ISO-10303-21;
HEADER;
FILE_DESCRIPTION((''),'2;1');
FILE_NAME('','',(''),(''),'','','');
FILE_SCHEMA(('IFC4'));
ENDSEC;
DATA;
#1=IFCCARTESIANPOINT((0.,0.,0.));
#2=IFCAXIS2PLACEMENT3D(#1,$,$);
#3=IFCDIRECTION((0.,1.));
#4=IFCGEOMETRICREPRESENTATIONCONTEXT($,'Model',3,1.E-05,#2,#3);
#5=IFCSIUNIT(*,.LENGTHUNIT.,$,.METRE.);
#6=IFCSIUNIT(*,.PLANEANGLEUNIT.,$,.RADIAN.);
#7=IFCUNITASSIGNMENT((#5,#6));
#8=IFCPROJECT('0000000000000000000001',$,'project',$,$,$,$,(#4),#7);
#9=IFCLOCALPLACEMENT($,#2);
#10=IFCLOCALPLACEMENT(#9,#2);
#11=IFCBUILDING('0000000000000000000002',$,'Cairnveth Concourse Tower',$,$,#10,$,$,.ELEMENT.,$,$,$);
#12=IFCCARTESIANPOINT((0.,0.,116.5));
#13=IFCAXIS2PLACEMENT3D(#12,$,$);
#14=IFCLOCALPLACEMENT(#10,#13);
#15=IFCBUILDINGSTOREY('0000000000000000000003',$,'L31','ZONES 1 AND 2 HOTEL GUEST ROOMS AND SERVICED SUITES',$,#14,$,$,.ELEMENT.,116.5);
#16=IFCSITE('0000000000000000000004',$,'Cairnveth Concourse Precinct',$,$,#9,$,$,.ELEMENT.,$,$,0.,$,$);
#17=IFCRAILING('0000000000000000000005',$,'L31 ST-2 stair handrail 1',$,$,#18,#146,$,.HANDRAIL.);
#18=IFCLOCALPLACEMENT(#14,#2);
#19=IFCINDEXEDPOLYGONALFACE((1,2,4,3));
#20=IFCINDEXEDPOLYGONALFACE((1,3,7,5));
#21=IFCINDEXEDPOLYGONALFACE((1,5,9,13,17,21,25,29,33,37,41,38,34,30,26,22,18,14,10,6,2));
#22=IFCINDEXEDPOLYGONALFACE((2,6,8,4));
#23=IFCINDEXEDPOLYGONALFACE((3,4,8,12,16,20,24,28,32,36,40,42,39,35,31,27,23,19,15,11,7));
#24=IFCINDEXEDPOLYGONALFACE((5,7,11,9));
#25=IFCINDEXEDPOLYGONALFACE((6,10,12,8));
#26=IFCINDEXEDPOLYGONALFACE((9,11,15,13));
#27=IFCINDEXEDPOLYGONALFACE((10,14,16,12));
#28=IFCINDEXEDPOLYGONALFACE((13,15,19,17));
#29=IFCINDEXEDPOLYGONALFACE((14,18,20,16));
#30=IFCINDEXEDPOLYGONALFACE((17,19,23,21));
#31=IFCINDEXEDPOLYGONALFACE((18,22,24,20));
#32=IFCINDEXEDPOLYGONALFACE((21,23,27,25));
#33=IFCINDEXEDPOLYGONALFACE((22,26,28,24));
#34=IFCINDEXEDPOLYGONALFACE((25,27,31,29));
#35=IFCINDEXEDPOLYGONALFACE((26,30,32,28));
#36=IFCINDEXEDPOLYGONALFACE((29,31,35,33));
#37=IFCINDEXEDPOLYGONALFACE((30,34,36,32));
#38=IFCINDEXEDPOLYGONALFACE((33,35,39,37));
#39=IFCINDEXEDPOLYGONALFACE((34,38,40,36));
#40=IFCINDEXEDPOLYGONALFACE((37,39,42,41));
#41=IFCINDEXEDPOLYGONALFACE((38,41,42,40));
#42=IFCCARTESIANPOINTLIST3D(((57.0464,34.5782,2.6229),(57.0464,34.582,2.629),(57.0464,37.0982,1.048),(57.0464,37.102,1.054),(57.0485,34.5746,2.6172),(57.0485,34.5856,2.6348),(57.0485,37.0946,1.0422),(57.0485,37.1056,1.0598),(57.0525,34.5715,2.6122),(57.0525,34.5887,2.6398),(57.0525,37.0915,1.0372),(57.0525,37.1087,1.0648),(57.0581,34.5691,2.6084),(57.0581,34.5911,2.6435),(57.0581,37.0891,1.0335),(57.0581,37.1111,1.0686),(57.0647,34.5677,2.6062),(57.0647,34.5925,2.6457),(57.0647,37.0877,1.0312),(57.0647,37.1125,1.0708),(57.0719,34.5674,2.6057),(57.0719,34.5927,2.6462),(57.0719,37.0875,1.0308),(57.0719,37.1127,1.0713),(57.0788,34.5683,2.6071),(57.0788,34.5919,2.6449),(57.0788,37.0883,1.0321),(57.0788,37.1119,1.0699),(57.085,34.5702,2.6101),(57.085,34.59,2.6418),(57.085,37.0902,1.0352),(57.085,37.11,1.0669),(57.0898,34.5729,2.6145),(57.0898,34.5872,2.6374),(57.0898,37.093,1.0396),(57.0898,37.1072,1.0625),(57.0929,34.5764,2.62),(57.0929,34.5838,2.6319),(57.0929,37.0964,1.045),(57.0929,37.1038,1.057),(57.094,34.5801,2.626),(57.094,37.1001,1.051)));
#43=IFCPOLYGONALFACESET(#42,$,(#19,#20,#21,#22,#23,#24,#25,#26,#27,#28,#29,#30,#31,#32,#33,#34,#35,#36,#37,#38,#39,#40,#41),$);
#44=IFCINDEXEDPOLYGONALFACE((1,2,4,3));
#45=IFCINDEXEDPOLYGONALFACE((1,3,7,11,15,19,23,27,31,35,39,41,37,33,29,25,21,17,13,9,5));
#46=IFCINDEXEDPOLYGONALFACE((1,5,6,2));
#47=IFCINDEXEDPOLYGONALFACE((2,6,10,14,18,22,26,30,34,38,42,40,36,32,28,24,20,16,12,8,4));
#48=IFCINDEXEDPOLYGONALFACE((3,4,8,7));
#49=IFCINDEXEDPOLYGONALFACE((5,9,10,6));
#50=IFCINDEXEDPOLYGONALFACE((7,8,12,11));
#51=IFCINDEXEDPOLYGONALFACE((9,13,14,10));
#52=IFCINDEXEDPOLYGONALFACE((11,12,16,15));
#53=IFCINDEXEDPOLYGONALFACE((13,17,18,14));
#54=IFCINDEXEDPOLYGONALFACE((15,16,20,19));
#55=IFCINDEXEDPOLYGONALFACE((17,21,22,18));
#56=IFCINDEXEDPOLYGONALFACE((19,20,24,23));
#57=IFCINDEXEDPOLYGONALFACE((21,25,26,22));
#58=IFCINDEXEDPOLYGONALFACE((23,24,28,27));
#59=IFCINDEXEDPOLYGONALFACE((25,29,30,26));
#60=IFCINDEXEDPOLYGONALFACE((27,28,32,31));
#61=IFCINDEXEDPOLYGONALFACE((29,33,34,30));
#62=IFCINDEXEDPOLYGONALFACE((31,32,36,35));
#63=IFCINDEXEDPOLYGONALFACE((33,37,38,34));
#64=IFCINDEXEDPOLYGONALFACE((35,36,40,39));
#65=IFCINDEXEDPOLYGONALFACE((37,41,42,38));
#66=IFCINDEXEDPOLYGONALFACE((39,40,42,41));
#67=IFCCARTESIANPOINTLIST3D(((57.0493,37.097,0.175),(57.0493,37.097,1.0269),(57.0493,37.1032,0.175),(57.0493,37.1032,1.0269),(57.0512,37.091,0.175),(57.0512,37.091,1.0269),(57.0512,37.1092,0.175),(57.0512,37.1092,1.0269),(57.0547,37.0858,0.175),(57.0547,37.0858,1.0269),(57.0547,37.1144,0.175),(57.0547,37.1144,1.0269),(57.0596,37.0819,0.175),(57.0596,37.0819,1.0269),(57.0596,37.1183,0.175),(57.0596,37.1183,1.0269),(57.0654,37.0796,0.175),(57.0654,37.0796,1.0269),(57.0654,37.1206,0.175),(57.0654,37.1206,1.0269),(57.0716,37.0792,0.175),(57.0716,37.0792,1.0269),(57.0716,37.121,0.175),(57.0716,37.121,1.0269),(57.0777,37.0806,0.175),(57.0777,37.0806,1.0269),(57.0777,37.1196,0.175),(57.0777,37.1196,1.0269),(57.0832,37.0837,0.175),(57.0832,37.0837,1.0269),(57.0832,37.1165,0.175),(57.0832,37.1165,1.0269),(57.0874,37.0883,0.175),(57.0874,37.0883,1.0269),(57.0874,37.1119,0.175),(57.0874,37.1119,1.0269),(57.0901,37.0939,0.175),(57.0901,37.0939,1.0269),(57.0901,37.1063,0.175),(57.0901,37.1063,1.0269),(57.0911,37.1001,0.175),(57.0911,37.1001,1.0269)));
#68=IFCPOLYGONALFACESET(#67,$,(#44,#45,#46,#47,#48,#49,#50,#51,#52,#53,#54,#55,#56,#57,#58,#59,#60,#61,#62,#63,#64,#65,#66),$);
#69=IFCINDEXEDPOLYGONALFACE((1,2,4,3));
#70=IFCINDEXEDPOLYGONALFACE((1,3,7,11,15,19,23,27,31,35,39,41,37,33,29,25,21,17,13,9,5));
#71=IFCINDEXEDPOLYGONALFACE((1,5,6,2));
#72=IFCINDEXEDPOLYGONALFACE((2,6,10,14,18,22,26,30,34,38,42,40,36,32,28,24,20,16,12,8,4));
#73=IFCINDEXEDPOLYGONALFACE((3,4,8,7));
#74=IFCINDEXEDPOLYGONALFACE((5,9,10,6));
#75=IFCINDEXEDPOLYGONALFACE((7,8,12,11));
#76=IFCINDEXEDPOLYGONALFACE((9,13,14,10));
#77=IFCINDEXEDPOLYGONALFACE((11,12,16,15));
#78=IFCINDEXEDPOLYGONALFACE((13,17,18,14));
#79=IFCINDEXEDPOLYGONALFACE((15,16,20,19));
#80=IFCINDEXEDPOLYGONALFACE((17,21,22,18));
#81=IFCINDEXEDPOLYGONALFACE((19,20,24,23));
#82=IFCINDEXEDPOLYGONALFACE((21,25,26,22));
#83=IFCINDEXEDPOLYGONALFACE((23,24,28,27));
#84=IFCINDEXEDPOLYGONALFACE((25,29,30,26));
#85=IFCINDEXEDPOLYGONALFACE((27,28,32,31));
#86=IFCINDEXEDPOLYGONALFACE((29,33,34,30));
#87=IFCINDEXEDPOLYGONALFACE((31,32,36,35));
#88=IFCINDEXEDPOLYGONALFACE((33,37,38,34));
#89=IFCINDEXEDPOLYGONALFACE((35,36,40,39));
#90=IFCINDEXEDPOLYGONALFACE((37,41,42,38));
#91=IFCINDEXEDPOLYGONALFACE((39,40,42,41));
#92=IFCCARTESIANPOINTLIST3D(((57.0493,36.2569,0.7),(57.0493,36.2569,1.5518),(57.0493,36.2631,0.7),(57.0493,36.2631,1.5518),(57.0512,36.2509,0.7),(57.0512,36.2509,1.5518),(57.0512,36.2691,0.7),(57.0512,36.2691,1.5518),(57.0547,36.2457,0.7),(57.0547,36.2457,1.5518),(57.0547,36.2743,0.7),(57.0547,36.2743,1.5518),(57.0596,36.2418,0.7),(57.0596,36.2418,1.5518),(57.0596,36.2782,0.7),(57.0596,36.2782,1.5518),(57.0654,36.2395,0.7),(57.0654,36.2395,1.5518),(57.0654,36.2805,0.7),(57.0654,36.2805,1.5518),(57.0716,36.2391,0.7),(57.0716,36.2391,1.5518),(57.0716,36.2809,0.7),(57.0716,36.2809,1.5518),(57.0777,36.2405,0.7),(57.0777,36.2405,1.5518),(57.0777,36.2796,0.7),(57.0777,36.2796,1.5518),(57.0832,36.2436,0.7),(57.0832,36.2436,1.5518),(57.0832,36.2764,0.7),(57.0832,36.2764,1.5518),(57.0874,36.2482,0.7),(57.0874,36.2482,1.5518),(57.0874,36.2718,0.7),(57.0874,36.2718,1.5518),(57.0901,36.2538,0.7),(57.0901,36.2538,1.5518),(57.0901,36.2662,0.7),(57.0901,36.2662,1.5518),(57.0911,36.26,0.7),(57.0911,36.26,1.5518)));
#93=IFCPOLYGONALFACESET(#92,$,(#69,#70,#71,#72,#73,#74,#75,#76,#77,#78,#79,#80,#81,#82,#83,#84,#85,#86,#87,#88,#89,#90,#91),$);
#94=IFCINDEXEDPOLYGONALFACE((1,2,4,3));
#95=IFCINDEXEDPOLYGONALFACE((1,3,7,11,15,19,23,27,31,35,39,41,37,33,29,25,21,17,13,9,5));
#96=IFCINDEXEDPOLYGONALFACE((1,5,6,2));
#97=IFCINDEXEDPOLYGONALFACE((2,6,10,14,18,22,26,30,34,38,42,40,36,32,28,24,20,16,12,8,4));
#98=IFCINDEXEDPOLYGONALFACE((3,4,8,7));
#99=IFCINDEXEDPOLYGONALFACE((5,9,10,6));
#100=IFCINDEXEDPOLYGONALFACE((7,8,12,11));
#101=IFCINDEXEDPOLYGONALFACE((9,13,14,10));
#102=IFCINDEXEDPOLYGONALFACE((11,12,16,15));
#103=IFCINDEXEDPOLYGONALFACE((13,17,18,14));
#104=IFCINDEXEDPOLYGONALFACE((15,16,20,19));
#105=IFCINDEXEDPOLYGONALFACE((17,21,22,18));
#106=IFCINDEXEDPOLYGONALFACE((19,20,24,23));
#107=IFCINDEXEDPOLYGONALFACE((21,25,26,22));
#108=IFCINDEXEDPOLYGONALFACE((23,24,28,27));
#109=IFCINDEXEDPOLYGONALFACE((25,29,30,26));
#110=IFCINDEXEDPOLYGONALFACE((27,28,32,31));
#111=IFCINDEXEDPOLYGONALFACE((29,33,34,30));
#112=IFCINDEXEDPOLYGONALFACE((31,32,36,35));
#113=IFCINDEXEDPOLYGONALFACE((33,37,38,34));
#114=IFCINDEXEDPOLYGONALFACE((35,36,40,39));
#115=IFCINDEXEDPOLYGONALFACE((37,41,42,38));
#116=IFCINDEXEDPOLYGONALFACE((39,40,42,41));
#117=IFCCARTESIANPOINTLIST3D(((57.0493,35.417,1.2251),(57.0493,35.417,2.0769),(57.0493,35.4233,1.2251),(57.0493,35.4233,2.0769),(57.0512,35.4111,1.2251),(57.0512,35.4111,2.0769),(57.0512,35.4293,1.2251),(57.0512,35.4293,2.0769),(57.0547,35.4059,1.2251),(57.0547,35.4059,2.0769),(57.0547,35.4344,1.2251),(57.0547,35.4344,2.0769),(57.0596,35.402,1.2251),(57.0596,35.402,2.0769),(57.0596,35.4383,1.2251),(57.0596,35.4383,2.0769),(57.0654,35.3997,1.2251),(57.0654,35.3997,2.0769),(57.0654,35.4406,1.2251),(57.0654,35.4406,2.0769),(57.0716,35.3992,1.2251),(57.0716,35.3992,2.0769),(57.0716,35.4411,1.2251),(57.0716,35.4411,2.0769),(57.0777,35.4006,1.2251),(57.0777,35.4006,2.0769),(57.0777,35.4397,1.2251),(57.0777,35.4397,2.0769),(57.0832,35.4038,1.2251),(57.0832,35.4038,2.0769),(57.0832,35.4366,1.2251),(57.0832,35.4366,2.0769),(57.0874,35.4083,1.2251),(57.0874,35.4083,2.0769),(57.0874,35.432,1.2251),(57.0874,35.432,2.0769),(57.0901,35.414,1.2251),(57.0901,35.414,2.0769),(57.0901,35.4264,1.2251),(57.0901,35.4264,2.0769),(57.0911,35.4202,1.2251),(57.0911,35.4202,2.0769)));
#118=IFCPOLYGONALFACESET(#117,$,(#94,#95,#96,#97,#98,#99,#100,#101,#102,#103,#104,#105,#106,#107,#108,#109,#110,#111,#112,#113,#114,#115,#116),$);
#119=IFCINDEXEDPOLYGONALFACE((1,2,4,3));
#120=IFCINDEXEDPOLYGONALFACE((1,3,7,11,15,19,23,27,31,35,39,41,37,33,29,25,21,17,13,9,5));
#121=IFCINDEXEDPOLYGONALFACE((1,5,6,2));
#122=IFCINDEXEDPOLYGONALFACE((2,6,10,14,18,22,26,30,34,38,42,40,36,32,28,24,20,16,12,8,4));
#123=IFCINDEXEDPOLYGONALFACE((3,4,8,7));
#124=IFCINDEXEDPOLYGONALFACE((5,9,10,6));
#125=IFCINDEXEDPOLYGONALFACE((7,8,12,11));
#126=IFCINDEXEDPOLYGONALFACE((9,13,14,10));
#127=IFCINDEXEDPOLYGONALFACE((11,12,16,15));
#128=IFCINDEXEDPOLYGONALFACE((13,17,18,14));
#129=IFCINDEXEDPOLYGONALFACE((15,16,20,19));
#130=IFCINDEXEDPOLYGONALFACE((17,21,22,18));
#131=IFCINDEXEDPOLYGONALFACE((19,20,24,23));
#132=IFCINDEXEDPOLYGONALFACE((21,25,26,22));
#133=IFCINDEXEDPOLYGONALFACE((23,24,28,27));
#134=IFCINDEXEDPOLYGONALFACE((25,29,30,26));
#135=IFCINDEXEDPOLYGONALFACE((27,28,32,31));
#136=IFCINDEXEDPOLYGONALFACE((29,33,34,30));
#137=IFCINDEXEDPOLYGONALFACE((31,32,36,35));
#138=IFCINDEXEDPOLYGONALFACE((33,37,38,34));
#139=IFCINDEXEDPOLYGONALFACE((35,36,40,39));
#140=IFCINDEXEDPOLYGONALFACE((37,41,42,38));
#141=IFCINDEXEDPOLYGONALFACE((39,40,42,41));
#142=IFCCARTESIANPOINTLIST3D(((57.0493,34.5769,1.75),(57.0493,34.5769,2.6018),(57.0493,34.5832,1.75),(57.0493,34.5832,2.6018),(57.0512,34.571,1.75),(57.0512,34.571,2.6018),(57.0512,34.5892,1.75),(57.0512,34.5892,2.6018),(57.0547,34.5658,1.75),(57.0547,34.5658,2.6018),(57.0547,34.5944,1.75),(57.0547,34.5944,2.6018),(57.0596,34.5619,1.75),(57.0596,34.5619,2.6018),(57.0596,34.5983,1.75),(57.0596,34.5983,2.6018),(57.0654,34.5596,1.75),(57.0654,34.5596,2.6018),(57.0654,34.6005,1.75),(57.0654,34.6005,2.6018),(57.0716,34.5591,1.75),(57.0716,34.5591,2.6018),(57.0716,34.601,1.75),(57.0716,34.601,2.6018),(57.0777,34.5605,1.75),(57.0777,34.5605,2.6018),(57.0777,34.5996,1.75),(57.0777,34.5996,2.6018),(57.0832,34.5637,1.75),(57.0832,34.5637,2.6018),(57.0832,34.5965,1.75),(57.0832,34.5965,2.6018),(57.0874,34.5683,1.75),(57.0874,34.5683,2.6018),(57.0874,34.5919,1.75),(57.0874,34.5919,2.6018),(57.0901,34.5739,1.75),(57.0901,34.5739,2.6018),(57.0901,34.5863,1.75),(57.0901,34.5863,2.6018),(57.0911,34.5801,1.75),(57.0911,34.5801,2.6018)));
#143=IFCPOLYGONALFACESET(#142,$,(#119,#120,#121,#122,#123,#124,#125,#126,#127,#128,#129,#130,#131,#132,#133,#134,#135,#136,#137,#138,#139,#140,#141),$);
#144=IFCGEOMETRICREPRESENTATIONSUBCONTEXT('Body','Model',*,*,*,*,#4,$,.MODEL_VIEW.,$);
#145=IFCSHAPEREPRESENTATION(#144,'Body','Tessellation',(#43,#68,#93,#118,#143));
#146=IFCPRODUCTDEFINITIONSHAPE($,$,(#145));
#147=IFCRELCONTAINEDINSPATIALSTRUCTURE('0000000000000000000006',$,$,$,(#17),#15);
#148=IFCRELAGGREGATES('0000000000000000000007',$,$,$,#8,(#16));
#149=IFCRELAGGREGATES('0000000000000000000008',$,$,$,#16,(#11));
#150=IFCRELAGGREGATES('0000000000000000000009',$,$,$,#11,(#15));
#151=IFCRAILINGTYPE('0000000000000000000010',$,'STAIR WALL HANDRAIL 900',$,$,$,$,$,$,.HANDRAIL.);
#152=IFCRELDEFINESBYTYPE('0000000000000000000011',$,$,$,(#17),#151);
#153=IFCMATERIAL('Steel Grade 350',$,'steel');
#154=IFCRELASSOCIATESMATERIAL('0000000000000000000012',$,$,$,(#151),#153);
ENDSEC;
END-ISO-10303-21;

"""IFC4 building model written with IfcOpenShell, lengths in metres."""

from ifc_helpers import new_model, si_unit, direction, frame, origin, origin_2d, place, context, subcontext, project, spatial, circle, extrude, material, type_object, element, save


model = new_model("IFC4")

# Units and contexts
model_context = context("Model", 3, precision=1e-05, world=origin(), true_north=direction((0.0, 1.0)))
body_context = subcontext(model_context, "Body", "Model", "MODEL_VIEW")
ifc_project = project(units=[si_unit("LENGTHUNIT", "METRE"), si_unit("PLANEANGLEUNIT", "RADIAN")], contexts=[model_context])

# Site, building, storey
site_placement = place(None, origin())
site = spatial("IfcSite", under=ifc_project, at=site_placement, Name="Cairnveth Concourse Precinct", CompositionType="ELEMENT", RefElevation=0.0)
building_placement = place(site_placement, origin())
building = spatial("IfcBuilding", under=site, at=building_placement, Name="Cairnveth Concourse Tower", CompositionType="ELEMENT")
storey_placement = place(building_placement, frame((0.0, 0.0, 116.5)))
storey = spatial("IfcBuildingStorey", under=building, at=storey_placement, Name="L31", Description="ZONES 1 AND 2 HOTEL GUEST ROOMS AND SERVICED SUITES", CompositionType="ELEMENT", Elevation=116.5)

# Shared definitions
ifc_material_1 = material(Name="Steel Grade 350", Category="steel")

# Railing
railing_type_1 = type_object("IfcRailingType", Name="STAIR WALL HANDRAIL 900", PredefinedType="HANDRAIL", material=ifc_material_1)
railing_1_placement = place(storey_placement, frame((57.0701, 37.1001, 0.175)))
element("IfcRailing", 1, at=railing_1_placement, inside=storey, type_object=railing_type_1, Name="L31 ST-2 stair handrail 1", PredefinedType="HANDRAIL", context=body_context, shape_type="SweptSolid", body=[
    extrude(circle(Radius=0.0239, at=origin_2d()), frame((0.0, 0.0, 0.876), z_axis=(0.0, -0.848008, 0.529984), x_axis=(1.0, 0.0, 0.0)), (0.0, 0.0, 1.0), 2.9717),
    extrude(circle(Radius=0.021, at=origin_2d()), origin(), (0.0, 0.0, 1.0), 0.8518),
    extrude(circle(Radius=0.021, at=origin_2d()), frame((0.0, -0.8401, 0.5249)), (0.0, 0.0, 1.0), 0.8518),
    extrude(circle(Radius=0.021, at=origin_2d()), frame((0.0, -1.6799, 1.05)), (0.0, 0.0, 1.0), 0.8518),
    extrude(circle(Radius=0.021, at=origin_2d()), frame((0.0, -2.52, 1.575)), (0.0, 0.0, 1.0), 0.8518),
])

save(model, "model.ifc")
